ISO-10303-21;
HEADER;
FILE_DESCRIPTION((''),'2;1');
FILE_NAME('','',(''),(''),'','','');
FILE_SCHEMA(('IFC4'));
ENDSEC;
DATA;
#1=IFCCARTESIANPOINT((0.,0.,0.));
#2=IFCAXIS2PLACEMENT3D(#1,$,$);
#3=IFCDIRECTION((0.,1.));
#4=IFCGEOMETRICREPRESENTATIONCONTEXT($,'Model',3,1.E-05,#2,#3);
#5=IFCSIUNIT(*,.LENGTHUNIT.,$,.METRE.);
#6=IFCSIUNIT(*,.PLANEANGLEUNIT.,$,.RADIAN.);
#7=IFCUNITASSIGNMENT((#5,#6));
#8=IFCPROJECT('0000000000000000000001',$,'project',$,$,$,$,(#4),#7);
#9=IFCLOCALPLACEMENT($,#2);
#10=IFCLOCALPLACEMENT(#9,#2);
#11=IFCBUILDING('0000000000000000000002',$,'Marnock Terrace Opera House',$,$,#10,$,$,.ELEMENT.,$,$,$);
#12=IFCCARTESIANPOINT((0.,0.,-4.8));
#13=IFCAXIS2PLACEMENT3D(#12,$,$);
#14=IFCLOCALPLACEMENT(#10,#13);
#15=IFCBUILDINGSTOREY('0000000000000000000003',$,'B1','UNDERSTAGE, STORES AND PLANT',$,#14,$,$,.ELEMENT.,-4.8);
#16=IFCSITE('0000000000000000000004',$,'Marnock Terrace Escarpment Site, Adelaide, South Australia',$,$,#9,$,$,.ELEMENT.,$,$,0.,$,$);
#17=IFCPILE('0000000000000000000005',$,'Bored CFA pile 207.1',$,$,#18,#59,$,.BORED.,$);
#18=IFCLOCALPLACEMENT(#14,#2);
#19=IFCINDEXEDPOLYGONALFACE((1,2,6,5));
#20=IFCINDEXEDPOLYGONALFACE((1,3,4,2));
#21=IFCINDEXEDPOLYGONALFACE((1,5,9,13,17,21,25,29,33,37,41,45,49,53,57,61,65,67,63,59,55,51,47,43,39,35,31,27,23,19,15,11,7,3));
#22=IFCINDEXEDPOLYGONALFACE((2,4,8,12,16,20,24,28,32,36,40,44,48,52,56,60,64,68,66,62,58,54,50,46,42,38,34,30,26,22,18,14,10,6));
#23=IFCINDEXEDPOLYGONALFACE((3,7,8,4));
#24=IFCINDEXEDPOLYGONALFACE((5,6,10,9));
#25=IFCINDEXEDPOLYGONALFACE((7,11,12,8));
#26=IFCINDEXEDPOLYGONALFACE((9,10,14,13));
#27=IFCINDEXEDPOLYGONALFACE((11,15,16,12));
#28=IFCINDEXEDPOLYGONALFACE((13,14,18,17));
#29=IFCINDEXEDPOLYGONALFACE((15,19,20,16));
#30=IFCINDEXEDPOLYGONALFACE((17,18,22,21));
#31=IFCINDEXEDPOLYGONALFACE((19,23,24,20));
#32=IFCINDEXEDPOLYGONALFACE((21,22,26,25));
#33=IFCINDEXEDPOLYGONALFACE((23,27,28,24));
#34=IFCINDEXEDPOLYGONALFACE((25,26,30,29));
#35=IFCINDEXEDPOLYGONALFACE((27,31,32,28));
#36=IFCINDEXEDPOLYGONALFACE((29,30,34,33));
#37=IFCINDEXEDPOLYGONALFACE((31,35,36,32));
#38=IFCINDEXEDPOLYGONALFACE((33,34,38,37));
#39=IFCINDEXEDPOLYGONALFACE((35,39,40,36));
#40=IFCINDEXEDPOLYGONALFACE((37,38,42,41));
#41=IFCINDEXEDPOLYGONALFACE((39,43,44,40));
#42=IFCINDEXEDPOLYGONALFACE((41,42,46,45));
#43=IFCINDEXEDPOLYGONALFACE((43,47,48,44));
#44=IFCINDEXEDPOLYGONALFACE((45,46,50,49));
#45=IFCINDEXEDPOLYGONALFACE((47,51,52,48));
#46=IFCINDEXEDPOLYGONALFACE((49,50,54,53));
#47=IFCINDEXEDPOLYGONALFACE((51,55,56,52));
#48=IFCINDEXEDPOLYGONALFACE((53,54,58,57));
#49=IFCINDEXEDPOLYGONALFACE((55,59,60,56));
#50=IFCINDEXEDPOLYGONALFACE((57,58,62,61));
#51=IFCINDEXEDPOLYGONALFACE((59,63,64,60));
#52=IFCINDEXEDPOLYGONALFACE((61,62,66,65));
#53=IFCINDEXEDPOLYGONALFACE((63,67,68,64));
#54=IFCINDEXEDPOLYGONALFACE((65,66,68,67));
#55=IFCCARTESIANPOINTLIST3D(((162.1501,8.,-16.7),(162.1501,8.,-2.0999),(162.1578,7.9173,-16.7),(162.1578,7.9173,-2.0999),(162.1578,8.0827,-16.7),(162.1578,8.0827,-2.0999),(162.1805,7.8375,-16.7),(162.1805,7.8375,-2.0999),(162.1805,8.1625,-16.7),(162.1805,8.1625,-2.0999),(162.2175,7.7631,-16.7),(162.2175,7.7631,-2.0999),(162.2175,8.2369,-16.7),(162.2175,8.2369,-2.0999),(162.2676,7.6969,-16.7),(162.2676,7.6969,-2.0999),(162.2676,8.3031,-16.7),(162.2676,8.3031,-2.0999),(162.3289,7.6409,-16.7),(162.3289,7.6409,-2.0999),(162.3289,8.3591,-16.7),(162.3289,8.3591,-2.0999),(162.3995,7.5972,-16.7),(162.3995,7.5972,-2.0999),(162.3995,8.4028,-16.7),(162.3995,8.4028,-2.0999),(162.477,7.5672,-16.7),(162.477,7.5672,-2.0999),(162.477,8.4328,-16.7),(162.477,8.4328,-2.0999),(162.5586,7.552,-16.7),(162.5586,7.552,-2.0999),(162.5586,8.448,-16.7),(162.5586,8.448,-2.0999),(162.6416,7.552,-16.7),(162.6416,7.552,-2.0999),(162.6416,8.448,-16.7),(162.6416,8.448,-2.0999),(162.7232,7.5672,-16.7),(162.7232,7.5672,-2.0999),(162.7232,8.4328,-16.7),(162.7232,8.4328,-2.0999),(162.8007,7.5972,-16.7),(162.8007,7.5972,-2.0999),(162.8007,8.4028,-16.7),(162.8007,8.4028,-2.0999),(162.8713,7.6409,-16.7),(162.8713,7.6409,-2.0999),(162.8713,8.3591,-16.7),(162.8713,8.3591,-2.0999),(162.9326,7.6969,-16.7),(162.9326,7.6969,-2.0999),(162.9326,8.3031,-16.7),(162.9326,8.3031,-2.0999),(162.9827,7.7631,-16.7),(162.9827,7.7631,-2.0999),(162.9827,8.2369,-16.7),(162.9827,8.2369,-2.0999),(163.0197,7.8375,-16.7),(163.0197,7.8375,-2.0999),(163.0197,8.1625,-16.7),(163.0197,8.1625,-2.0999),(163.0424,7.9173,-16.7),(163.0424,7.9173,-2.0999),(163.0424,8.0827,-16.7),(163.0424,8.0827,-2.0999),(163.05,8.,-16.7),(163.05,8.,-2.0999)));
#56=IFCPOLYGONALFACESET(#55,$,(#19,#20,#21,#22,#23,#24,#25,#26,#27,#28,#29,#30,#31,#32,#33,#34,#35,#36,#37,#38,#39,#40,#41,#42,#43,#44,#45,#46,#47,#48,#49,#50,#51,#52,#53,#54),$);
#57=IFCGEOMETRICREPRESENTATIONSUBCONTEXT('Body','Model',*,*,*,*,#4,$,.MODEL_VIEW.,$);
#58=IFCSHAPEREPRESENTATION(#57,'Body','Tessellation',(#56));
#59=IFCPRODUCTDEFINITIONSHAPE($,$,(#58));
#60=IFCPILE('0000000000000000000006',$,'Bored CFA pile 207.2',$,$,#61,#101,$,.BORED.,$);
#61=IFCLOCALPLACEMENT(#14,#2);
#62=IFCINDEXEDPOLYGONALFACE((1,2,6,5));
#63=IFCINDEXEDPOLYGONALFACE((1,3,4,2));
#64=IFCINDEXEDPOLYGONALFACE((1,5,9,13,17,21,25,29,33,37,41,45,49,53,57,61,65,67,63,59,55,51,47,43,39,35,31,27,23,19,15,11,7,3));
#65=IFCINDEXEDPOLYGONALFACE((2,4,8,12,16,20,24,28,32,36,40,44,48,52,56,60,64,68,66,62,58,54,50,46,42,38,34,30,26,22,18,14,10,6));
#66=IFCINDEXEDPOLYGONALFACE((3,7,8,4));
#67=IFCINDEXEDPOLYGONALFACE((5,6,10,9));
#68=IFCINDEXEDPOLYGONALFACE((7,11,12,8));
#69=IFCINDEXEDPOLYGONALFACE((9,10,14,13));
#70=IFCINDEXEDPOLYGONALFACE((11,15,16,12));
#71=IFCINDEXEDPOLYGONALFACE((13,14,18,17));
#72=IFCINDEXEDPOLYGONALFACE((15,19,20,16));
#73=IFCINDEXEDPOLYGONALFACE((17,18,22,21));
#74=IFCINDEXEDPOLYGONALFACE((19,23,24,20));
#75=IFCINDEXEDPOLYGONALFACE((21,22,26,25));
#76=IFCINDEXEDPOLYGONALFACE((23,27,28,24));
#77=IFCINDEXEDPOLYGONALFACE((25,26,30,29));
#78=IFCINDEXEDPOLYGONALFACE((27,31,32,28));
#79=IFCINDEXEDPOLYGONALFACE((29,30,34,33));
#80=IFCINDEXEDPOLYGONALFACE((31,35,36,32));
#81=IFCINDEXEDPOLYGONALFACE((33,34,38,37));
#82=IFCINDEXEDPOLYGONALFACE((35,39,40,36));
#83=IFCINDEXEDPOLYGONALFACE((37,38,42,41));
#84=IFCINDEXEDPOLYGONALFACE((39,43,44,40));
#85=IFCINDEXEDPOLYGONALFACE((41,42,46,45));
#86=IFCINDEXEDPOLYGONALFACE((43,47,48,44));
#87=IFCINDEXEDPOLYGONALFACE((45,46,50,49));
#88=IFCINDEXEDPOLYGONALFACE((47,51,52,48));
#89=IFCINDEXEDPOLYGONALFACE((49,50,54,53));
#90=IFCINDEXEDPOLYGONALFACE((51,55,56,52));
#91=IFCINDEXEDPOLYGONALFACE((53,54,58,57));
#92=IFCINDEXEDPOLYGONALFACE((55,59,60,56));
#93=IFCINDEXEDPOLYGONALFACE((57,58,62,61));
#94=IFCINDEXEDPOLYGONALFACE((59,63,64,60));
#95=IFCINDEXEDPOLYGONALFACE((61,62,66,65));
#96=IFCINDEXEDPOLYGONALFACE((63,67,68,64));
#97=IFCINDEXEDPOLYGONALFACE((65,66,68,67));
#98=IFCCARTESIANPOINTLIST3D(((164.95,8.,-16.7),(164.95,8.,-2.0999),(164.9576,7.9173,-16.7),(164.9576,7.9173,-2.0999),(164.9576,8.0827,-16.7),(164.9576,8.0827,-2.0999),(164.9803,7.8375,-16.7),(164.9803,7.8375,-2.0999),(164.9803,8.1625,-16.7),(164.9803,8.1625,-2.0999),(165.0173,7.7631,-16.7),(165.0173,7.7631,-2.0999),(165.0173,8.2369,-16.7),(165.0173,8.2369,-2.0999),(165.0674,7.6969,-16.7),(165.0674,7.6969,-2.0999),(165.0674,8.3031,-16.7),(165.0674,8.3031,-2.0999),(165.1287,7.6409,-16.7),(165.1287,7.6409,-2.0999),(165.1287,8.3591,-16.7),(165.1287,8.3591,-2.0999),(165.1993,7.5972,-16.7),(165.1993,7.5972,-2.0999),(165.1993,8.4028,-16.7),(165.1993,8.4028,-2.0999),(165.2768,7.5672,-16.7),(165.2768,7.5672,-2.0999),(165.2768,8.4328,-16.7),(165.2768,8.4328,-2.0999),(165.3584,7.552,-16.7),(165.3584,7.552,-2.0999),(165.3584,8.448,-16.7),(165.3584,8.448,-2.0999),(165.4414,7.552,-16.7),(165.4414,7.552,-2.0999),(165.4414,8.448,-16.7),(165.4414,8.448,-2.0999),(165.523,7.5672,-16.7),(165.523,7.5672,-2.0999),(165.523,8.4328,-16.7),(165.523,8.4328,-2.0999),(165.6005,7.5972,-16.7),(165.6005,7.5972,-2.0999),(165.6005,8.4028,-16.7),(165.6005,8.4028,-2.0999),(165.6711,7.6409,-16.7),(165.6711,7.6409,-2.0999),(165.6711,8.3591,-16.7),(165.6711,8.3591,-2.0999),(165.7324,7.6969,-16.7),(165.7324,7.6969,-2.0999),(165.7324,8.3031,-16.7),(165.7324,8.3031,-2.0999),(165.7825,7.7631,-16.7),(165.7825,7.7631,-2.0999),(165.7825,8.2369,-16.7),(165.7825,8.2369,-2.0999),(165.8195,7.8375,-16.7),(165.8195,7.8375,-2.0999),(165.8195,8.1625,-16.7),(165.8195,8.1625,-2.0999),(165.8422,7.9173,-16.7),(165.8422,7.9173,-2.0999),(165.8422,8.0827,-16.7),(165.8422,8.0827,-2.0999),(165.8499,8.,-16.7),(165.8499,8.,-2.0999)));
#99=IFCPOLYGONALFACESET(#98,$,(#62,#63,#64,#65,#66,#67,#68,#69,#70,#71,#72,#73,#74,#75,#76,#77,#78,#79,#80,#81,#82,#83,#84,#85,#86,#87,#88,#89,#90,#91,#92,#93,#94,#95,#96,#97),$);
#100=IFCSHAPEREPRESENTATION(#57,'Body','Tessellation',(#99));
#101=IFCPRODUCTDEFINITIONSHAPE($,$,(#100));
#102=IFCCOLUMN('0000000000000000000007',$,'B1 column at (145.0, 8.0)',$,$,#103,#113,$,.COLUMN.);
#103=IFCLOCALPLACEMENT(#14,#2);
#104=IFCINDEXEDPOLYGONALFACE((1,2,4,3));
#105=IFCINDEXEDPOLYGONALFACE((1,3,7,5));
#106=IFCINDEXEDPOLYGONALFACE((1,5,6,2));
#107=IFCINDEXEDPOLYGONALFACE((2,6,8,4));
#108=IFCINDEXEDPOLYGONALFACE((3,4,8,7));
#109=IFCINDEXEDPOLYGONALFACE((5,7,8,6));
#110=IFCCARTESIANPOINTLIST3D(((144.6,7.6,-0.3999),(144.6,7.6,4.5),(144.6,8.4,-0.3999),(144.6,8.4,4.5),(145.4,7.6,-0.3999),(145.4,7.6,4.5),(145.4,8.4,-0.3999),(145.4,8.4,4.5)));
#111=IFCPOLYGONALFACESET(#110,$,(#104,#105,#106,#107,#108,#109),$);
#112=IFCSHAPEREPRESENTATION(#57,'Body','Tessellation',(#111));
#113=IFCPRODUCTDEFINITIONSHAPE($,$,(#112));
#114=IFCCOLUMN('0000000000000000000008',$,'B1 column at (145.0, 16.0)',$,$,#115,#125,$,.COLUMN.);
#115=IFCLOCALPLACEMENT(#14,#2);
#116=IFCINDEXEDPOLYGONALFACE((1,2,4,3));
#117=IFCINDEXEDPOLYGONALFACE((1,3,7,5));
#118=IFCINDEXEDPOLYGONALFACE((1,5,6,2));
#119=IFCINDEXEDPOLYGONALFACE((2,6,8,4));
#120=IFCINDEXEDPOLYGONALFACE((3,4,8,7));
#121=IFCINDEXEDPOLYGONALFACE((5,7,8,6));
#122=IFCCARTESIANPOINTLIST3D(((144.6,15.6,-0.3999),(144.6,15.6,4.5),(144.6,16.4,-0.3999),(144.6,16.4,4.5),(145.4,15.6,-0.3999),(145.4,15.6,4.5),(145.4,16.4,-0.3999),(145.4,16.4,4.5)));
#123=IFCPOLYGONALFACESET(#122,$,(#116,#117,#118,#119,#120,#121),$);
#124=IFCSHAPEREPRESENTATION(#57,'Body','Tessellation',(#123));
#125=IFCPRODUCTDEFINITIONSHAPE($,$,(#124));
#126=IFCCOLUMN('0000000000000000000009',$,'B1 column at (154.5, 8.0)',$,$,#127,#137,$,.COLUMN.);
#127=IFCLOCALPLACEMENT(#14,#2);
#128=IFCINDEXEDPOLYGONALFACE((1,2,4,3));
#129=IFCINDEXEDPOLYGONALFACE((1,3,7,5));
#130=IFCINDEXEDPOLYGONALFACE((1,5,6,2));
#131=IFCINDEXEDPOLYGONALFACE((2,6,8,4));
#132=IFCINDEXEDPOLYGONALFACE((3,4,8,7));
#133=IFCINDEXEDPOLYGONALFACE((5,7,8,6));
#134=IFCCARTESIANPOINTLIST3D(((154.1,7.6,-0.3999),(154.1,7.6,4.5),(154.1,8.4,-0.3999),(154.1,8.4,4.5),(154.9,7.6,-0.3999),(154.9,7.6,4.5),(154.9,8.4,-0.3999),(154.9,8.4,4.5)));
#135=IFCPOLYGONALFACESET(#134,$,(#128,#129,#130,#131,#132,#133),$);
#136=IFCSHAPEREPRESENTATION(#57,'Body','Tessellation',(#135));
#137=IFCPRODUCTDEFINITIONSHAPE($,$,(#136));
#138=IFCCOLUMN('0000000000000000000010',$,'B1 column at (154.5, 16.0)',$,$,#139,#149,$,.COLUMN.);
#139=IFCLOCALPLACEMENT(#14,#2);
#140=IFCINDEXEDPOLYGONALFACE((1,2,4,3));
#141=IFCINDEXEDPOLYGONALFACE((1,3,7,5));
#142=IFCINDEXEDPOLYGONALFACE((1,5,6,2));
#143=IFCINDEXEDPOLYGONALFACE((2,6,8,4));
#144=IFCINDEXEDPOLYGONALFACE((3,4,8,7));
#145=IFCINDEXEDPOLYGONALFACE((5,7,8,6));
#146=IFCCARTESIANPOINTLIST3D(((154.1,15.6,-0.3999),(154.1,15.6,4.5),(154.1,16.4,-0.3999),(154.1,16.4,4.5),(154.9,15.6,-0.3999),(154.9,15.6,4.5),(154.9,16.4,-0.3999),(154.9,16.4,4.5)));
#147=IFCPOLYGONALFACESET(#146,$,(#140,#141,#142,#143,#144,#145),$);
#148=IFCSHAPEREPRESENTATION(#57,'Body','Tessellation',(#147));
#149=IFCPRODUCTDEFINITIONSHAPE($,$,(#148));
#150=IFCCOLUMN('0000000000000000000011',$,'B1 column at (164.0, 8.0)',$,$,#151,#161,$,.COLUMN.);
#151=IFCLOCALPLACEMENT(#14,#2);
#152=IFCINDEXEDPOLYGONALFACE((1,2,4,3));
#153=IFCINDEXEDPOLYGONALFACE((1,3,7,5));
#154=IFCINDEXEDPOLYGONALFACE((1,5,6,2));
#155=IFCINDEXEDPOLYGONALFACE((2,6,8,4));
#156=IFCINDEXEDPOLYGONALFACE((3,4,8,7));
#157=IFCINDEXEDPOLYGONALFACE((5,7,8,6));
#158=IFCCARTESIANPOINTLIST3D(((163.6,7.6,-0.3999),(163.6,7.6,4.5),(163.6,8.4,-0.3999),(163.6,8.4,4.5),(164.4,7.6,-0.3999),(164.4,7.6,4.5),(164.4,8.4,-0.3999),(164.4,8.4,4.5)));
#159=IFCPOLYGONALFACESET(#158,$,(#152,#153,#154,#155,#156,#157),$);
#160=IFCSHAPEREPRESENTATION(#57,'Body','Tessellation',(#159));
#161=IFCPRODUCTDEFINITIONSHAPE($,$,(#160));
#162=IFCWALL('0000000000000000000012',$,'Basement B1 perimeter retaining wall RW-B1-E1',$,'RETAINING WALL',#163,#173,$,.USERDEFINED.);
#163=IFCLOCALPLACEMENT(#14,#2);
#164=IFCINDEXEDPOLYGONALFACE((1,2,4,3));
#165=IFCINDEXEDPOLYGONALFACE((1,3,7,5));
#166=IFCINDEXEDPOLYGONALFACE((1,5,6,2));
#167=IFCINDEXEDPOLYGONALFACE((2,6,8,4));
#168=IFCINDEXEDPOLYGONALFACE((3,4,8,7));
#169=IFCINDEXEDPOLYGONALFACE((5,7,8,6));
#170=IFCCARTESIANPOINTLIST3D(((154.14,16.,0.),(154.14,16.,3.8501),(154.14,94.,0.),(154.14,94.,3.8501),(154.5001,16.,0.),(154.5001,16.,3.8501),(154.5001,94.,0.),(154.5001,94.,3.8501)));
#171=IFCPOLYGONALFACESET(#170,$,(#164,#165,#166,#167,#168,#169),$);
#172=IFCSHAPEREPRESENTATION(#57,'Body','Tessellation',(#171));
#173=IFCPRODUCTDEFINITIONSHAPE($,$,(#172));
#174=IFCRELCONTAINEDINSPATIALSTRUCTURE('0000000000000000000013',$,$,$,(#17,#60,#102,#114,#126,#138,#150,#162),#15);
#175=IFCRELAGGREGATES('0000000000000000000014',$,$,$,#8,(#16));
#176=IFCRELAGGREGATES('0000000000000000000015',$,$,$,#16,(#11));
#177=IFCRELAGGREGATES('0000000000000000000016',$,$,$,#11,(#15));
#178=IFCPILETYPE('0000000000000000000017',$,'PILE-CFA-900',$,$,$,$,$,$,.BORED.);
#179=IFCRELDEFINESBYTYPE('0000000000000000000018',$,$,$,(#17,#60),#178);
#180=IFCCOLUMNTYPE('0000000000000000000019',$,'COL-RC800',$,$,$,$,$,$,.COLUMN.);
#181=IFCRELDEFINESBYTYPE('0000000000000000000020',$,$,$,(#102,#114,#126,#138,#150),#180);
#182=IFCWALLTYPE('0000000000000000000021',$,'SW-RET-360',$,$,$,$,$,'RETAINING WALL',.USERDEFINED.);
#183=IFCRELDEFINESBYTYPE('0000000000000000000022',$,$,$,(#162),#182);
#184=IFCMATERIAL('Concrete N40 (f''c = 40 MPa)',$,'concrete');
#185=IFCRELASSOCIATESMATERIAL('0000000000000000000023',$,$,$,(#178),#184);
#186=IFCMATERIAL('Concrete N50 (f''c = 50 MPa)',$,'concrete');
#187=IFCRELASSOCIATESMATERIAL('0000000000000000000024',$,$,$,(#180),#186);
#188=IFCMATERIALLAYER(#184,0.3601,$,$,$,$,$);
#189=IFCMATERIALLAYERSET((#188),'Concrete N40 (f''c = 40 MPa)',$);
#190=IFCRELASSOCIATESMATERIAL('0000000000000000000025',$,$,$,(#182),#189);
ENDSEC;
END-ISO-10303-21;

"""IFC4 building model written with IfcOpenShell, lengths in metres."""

from ifc_helpers import new_model, si_unit, direction, frame, frame_2d, origin, origin_2d, place, context, subcontext, project, spatial, rectangle, circle, extrude, material, layer, layer_set, material_profile, profile_set, type_object, element, save


model = new_model("IFC4")

# Units and contexts
model_context = context("Model", 3, precision=1e-05, world=origin(), true_north=direction((0.0, 1.0)))
body_context = subcontext(model_context, "Body", "Model", "MODEL_VIEW")
ifc_project = project(units=[si_unit("LENGTHUNIT", "METRE"), si_unit("PLANEANGLEUNIT", "RADIAN")], contexts=[model_context])

# Site, building, storey
site_placement = place(None, origin())
site = spatial("IfcSite", under=ifc_project, at=site_placement, Name="Marnock Terrace Escarpment Site, Adelaide, South Australia", CompositionType="ELEMENT", RefElevation=0.0)
building_placement = place(site_placement, origin())
building = spatial("IfcBuilding", under=site, at=building_placement, Name="Marnock Terrace Opera House", CompositionType="ELEMENT")
storey_placement = place(building_placement, frame((0.0, 0.0, -4.8)))
storey = spatial("IfcBuildingStorey", under=building, at=storey_placement, Name="B1", Description="UNDERSTAGE, STORES AND PLANT", CompositionType="ELEMENT", Elevation=-4.8)

# Shared definitions
ifc_material_1 = material(Name="Concrete N40 (f'c = 40 MPa)", Category="concrete")

# Piles
ifc_material_profile_1 = material_profile(ifc_material_1, circle(Radius=0.45, at=origin_2d()))
ifc_profile_set_1 = profile_set([ifc_material_profile_1], Name="Concrete N40 (f'c = 40 MPa)")
pile_type = type_object("IfcPileType", Name="PILE-CFA-900", PredefinedType="BORED", material=ifc_profile_set_1)
for number, where, z_axis, x_axis, name in (
    (1, (162.6001, 8.0, -2.0999), (0.0, 0.0, -1.0), (1.0, 0.0, 0.0), "Bored CFA pile 207.1"),
    (2, (165.3999, 8.0, -2.0999), (0.0, 0.0, -1.0), (1.0, 0.0, 0.0), "Bored CFA pile 207.2"),
):
    element("IfcPile", number, at=place(storey_placement, frame(where, z_axis=z_axis, x_axis=x_axis)), inside=storey, type_object=pile_type, Name=name, PredefinedType="BORED", context=body_context, shape_type="SweptSolid", body=[
        extrude(circle(Radius=0.45, at=origin_2d()), origin(), (0.0, 0.0, 1.0), 14.6001),
    ])

# Columns
ifc_material_2 = material(Name="Concrete N50 (f'c = 50 MPa)", Category="concrete")
ifc_material_profile_2 = material_profile(ifc_material_2, rectangle(XDim=0.8, YDim=0.8, at=origin_2d()))
ifc_profile_set_2 = profile_set([ifc_material_profile_2], Name="Concrete N50 (f'c = 50 MPa)")
column_type = type_object("IfcColumnType", Name="COL-RC800", PredefinedType="COLUMN", material=ifc_profile_set_2)
for number, where, z_axis, x_axis, name in (
    (3, (145.0, 8.0, -0.3999), (0.0, 0.0, 1.0), (1.0, 0.0, 0.0), "B1 column at (145.0, 8.0)"),
    (4, (145.0, 16.0, -0.3999), (0.0, 0.0, 1.0), (1.0, 0.0, 0.0), "B1 column at (145.0, 16.0)"),
    (5, (154.5, 8.0, -0.3999), (0.0, 0.0, 1.0), (1.0, 0.0, 0.0), "B1 column at (154.5, 8.0)"),
    (6, (154.5, 16.0, -0.3999), (0.0, 0.0, 1.0), (1.0, 0.0, 0.0), "B1 column at (154.5, 16.0)"),
    (7, (164.0, 8.0, -0.3999), (0.0, 0.0, 1.0), (1.0, 0.0, 0.0), "B1 column at (164.0, 8.0)"),
):
    element("IfcColumn", number, at=place(storey_placement, frame(where, z_axis=z_axis, x_axis=x_axis)), inside=storey, type_object=column_type, Name=name, PredefinedType="COLUMN", context=body_context, shape_type="SweptSolid", body=[
        extrude(rectangle(XDim=0.8, YDim=0.8, at=origin_2d()), origin(), (0.0, 0.0, 1.0), 4.8999),
    ])

# Wall
ifc_layer_1 = layer(ifc_material_1, 0.3601)
ifc_layer_set_1 = layer_set([ifc_layer_1], Name="Concrete N40 (f'c = 40 MPa)")
wall_type = type_object("IfcWallType", Name="SW-RET-360", ElementType="RETAINING WALL", PredefinedType="USERDEFINED", material=ifc_layer_set_1)
wall_placement = place(storey_placement, frame((154.3201, 16.0, 0.0), z_axis=(0.0, 0.0, 1.0), x_axis=(0.0, 1.0, 0.0)))
element("IfcWall", 8, at=wall_placement, inside=storey, type_object=wall_type, Name="Basement B1 perimeter retaining wall RW-B1-E1", ObjectType="RETAINING WALL", PredefinedType="USERDEFINED", context=body_context, shape_type="SweptSolid", body=[
    extrude(rectangle(XDim=78.0, YDim=0.3601, at=frame_2d((39.0, 0.0))), origin(), (0.0, 0.0, 1.0), 3.8501),
])

save(model, "model.ifc")
